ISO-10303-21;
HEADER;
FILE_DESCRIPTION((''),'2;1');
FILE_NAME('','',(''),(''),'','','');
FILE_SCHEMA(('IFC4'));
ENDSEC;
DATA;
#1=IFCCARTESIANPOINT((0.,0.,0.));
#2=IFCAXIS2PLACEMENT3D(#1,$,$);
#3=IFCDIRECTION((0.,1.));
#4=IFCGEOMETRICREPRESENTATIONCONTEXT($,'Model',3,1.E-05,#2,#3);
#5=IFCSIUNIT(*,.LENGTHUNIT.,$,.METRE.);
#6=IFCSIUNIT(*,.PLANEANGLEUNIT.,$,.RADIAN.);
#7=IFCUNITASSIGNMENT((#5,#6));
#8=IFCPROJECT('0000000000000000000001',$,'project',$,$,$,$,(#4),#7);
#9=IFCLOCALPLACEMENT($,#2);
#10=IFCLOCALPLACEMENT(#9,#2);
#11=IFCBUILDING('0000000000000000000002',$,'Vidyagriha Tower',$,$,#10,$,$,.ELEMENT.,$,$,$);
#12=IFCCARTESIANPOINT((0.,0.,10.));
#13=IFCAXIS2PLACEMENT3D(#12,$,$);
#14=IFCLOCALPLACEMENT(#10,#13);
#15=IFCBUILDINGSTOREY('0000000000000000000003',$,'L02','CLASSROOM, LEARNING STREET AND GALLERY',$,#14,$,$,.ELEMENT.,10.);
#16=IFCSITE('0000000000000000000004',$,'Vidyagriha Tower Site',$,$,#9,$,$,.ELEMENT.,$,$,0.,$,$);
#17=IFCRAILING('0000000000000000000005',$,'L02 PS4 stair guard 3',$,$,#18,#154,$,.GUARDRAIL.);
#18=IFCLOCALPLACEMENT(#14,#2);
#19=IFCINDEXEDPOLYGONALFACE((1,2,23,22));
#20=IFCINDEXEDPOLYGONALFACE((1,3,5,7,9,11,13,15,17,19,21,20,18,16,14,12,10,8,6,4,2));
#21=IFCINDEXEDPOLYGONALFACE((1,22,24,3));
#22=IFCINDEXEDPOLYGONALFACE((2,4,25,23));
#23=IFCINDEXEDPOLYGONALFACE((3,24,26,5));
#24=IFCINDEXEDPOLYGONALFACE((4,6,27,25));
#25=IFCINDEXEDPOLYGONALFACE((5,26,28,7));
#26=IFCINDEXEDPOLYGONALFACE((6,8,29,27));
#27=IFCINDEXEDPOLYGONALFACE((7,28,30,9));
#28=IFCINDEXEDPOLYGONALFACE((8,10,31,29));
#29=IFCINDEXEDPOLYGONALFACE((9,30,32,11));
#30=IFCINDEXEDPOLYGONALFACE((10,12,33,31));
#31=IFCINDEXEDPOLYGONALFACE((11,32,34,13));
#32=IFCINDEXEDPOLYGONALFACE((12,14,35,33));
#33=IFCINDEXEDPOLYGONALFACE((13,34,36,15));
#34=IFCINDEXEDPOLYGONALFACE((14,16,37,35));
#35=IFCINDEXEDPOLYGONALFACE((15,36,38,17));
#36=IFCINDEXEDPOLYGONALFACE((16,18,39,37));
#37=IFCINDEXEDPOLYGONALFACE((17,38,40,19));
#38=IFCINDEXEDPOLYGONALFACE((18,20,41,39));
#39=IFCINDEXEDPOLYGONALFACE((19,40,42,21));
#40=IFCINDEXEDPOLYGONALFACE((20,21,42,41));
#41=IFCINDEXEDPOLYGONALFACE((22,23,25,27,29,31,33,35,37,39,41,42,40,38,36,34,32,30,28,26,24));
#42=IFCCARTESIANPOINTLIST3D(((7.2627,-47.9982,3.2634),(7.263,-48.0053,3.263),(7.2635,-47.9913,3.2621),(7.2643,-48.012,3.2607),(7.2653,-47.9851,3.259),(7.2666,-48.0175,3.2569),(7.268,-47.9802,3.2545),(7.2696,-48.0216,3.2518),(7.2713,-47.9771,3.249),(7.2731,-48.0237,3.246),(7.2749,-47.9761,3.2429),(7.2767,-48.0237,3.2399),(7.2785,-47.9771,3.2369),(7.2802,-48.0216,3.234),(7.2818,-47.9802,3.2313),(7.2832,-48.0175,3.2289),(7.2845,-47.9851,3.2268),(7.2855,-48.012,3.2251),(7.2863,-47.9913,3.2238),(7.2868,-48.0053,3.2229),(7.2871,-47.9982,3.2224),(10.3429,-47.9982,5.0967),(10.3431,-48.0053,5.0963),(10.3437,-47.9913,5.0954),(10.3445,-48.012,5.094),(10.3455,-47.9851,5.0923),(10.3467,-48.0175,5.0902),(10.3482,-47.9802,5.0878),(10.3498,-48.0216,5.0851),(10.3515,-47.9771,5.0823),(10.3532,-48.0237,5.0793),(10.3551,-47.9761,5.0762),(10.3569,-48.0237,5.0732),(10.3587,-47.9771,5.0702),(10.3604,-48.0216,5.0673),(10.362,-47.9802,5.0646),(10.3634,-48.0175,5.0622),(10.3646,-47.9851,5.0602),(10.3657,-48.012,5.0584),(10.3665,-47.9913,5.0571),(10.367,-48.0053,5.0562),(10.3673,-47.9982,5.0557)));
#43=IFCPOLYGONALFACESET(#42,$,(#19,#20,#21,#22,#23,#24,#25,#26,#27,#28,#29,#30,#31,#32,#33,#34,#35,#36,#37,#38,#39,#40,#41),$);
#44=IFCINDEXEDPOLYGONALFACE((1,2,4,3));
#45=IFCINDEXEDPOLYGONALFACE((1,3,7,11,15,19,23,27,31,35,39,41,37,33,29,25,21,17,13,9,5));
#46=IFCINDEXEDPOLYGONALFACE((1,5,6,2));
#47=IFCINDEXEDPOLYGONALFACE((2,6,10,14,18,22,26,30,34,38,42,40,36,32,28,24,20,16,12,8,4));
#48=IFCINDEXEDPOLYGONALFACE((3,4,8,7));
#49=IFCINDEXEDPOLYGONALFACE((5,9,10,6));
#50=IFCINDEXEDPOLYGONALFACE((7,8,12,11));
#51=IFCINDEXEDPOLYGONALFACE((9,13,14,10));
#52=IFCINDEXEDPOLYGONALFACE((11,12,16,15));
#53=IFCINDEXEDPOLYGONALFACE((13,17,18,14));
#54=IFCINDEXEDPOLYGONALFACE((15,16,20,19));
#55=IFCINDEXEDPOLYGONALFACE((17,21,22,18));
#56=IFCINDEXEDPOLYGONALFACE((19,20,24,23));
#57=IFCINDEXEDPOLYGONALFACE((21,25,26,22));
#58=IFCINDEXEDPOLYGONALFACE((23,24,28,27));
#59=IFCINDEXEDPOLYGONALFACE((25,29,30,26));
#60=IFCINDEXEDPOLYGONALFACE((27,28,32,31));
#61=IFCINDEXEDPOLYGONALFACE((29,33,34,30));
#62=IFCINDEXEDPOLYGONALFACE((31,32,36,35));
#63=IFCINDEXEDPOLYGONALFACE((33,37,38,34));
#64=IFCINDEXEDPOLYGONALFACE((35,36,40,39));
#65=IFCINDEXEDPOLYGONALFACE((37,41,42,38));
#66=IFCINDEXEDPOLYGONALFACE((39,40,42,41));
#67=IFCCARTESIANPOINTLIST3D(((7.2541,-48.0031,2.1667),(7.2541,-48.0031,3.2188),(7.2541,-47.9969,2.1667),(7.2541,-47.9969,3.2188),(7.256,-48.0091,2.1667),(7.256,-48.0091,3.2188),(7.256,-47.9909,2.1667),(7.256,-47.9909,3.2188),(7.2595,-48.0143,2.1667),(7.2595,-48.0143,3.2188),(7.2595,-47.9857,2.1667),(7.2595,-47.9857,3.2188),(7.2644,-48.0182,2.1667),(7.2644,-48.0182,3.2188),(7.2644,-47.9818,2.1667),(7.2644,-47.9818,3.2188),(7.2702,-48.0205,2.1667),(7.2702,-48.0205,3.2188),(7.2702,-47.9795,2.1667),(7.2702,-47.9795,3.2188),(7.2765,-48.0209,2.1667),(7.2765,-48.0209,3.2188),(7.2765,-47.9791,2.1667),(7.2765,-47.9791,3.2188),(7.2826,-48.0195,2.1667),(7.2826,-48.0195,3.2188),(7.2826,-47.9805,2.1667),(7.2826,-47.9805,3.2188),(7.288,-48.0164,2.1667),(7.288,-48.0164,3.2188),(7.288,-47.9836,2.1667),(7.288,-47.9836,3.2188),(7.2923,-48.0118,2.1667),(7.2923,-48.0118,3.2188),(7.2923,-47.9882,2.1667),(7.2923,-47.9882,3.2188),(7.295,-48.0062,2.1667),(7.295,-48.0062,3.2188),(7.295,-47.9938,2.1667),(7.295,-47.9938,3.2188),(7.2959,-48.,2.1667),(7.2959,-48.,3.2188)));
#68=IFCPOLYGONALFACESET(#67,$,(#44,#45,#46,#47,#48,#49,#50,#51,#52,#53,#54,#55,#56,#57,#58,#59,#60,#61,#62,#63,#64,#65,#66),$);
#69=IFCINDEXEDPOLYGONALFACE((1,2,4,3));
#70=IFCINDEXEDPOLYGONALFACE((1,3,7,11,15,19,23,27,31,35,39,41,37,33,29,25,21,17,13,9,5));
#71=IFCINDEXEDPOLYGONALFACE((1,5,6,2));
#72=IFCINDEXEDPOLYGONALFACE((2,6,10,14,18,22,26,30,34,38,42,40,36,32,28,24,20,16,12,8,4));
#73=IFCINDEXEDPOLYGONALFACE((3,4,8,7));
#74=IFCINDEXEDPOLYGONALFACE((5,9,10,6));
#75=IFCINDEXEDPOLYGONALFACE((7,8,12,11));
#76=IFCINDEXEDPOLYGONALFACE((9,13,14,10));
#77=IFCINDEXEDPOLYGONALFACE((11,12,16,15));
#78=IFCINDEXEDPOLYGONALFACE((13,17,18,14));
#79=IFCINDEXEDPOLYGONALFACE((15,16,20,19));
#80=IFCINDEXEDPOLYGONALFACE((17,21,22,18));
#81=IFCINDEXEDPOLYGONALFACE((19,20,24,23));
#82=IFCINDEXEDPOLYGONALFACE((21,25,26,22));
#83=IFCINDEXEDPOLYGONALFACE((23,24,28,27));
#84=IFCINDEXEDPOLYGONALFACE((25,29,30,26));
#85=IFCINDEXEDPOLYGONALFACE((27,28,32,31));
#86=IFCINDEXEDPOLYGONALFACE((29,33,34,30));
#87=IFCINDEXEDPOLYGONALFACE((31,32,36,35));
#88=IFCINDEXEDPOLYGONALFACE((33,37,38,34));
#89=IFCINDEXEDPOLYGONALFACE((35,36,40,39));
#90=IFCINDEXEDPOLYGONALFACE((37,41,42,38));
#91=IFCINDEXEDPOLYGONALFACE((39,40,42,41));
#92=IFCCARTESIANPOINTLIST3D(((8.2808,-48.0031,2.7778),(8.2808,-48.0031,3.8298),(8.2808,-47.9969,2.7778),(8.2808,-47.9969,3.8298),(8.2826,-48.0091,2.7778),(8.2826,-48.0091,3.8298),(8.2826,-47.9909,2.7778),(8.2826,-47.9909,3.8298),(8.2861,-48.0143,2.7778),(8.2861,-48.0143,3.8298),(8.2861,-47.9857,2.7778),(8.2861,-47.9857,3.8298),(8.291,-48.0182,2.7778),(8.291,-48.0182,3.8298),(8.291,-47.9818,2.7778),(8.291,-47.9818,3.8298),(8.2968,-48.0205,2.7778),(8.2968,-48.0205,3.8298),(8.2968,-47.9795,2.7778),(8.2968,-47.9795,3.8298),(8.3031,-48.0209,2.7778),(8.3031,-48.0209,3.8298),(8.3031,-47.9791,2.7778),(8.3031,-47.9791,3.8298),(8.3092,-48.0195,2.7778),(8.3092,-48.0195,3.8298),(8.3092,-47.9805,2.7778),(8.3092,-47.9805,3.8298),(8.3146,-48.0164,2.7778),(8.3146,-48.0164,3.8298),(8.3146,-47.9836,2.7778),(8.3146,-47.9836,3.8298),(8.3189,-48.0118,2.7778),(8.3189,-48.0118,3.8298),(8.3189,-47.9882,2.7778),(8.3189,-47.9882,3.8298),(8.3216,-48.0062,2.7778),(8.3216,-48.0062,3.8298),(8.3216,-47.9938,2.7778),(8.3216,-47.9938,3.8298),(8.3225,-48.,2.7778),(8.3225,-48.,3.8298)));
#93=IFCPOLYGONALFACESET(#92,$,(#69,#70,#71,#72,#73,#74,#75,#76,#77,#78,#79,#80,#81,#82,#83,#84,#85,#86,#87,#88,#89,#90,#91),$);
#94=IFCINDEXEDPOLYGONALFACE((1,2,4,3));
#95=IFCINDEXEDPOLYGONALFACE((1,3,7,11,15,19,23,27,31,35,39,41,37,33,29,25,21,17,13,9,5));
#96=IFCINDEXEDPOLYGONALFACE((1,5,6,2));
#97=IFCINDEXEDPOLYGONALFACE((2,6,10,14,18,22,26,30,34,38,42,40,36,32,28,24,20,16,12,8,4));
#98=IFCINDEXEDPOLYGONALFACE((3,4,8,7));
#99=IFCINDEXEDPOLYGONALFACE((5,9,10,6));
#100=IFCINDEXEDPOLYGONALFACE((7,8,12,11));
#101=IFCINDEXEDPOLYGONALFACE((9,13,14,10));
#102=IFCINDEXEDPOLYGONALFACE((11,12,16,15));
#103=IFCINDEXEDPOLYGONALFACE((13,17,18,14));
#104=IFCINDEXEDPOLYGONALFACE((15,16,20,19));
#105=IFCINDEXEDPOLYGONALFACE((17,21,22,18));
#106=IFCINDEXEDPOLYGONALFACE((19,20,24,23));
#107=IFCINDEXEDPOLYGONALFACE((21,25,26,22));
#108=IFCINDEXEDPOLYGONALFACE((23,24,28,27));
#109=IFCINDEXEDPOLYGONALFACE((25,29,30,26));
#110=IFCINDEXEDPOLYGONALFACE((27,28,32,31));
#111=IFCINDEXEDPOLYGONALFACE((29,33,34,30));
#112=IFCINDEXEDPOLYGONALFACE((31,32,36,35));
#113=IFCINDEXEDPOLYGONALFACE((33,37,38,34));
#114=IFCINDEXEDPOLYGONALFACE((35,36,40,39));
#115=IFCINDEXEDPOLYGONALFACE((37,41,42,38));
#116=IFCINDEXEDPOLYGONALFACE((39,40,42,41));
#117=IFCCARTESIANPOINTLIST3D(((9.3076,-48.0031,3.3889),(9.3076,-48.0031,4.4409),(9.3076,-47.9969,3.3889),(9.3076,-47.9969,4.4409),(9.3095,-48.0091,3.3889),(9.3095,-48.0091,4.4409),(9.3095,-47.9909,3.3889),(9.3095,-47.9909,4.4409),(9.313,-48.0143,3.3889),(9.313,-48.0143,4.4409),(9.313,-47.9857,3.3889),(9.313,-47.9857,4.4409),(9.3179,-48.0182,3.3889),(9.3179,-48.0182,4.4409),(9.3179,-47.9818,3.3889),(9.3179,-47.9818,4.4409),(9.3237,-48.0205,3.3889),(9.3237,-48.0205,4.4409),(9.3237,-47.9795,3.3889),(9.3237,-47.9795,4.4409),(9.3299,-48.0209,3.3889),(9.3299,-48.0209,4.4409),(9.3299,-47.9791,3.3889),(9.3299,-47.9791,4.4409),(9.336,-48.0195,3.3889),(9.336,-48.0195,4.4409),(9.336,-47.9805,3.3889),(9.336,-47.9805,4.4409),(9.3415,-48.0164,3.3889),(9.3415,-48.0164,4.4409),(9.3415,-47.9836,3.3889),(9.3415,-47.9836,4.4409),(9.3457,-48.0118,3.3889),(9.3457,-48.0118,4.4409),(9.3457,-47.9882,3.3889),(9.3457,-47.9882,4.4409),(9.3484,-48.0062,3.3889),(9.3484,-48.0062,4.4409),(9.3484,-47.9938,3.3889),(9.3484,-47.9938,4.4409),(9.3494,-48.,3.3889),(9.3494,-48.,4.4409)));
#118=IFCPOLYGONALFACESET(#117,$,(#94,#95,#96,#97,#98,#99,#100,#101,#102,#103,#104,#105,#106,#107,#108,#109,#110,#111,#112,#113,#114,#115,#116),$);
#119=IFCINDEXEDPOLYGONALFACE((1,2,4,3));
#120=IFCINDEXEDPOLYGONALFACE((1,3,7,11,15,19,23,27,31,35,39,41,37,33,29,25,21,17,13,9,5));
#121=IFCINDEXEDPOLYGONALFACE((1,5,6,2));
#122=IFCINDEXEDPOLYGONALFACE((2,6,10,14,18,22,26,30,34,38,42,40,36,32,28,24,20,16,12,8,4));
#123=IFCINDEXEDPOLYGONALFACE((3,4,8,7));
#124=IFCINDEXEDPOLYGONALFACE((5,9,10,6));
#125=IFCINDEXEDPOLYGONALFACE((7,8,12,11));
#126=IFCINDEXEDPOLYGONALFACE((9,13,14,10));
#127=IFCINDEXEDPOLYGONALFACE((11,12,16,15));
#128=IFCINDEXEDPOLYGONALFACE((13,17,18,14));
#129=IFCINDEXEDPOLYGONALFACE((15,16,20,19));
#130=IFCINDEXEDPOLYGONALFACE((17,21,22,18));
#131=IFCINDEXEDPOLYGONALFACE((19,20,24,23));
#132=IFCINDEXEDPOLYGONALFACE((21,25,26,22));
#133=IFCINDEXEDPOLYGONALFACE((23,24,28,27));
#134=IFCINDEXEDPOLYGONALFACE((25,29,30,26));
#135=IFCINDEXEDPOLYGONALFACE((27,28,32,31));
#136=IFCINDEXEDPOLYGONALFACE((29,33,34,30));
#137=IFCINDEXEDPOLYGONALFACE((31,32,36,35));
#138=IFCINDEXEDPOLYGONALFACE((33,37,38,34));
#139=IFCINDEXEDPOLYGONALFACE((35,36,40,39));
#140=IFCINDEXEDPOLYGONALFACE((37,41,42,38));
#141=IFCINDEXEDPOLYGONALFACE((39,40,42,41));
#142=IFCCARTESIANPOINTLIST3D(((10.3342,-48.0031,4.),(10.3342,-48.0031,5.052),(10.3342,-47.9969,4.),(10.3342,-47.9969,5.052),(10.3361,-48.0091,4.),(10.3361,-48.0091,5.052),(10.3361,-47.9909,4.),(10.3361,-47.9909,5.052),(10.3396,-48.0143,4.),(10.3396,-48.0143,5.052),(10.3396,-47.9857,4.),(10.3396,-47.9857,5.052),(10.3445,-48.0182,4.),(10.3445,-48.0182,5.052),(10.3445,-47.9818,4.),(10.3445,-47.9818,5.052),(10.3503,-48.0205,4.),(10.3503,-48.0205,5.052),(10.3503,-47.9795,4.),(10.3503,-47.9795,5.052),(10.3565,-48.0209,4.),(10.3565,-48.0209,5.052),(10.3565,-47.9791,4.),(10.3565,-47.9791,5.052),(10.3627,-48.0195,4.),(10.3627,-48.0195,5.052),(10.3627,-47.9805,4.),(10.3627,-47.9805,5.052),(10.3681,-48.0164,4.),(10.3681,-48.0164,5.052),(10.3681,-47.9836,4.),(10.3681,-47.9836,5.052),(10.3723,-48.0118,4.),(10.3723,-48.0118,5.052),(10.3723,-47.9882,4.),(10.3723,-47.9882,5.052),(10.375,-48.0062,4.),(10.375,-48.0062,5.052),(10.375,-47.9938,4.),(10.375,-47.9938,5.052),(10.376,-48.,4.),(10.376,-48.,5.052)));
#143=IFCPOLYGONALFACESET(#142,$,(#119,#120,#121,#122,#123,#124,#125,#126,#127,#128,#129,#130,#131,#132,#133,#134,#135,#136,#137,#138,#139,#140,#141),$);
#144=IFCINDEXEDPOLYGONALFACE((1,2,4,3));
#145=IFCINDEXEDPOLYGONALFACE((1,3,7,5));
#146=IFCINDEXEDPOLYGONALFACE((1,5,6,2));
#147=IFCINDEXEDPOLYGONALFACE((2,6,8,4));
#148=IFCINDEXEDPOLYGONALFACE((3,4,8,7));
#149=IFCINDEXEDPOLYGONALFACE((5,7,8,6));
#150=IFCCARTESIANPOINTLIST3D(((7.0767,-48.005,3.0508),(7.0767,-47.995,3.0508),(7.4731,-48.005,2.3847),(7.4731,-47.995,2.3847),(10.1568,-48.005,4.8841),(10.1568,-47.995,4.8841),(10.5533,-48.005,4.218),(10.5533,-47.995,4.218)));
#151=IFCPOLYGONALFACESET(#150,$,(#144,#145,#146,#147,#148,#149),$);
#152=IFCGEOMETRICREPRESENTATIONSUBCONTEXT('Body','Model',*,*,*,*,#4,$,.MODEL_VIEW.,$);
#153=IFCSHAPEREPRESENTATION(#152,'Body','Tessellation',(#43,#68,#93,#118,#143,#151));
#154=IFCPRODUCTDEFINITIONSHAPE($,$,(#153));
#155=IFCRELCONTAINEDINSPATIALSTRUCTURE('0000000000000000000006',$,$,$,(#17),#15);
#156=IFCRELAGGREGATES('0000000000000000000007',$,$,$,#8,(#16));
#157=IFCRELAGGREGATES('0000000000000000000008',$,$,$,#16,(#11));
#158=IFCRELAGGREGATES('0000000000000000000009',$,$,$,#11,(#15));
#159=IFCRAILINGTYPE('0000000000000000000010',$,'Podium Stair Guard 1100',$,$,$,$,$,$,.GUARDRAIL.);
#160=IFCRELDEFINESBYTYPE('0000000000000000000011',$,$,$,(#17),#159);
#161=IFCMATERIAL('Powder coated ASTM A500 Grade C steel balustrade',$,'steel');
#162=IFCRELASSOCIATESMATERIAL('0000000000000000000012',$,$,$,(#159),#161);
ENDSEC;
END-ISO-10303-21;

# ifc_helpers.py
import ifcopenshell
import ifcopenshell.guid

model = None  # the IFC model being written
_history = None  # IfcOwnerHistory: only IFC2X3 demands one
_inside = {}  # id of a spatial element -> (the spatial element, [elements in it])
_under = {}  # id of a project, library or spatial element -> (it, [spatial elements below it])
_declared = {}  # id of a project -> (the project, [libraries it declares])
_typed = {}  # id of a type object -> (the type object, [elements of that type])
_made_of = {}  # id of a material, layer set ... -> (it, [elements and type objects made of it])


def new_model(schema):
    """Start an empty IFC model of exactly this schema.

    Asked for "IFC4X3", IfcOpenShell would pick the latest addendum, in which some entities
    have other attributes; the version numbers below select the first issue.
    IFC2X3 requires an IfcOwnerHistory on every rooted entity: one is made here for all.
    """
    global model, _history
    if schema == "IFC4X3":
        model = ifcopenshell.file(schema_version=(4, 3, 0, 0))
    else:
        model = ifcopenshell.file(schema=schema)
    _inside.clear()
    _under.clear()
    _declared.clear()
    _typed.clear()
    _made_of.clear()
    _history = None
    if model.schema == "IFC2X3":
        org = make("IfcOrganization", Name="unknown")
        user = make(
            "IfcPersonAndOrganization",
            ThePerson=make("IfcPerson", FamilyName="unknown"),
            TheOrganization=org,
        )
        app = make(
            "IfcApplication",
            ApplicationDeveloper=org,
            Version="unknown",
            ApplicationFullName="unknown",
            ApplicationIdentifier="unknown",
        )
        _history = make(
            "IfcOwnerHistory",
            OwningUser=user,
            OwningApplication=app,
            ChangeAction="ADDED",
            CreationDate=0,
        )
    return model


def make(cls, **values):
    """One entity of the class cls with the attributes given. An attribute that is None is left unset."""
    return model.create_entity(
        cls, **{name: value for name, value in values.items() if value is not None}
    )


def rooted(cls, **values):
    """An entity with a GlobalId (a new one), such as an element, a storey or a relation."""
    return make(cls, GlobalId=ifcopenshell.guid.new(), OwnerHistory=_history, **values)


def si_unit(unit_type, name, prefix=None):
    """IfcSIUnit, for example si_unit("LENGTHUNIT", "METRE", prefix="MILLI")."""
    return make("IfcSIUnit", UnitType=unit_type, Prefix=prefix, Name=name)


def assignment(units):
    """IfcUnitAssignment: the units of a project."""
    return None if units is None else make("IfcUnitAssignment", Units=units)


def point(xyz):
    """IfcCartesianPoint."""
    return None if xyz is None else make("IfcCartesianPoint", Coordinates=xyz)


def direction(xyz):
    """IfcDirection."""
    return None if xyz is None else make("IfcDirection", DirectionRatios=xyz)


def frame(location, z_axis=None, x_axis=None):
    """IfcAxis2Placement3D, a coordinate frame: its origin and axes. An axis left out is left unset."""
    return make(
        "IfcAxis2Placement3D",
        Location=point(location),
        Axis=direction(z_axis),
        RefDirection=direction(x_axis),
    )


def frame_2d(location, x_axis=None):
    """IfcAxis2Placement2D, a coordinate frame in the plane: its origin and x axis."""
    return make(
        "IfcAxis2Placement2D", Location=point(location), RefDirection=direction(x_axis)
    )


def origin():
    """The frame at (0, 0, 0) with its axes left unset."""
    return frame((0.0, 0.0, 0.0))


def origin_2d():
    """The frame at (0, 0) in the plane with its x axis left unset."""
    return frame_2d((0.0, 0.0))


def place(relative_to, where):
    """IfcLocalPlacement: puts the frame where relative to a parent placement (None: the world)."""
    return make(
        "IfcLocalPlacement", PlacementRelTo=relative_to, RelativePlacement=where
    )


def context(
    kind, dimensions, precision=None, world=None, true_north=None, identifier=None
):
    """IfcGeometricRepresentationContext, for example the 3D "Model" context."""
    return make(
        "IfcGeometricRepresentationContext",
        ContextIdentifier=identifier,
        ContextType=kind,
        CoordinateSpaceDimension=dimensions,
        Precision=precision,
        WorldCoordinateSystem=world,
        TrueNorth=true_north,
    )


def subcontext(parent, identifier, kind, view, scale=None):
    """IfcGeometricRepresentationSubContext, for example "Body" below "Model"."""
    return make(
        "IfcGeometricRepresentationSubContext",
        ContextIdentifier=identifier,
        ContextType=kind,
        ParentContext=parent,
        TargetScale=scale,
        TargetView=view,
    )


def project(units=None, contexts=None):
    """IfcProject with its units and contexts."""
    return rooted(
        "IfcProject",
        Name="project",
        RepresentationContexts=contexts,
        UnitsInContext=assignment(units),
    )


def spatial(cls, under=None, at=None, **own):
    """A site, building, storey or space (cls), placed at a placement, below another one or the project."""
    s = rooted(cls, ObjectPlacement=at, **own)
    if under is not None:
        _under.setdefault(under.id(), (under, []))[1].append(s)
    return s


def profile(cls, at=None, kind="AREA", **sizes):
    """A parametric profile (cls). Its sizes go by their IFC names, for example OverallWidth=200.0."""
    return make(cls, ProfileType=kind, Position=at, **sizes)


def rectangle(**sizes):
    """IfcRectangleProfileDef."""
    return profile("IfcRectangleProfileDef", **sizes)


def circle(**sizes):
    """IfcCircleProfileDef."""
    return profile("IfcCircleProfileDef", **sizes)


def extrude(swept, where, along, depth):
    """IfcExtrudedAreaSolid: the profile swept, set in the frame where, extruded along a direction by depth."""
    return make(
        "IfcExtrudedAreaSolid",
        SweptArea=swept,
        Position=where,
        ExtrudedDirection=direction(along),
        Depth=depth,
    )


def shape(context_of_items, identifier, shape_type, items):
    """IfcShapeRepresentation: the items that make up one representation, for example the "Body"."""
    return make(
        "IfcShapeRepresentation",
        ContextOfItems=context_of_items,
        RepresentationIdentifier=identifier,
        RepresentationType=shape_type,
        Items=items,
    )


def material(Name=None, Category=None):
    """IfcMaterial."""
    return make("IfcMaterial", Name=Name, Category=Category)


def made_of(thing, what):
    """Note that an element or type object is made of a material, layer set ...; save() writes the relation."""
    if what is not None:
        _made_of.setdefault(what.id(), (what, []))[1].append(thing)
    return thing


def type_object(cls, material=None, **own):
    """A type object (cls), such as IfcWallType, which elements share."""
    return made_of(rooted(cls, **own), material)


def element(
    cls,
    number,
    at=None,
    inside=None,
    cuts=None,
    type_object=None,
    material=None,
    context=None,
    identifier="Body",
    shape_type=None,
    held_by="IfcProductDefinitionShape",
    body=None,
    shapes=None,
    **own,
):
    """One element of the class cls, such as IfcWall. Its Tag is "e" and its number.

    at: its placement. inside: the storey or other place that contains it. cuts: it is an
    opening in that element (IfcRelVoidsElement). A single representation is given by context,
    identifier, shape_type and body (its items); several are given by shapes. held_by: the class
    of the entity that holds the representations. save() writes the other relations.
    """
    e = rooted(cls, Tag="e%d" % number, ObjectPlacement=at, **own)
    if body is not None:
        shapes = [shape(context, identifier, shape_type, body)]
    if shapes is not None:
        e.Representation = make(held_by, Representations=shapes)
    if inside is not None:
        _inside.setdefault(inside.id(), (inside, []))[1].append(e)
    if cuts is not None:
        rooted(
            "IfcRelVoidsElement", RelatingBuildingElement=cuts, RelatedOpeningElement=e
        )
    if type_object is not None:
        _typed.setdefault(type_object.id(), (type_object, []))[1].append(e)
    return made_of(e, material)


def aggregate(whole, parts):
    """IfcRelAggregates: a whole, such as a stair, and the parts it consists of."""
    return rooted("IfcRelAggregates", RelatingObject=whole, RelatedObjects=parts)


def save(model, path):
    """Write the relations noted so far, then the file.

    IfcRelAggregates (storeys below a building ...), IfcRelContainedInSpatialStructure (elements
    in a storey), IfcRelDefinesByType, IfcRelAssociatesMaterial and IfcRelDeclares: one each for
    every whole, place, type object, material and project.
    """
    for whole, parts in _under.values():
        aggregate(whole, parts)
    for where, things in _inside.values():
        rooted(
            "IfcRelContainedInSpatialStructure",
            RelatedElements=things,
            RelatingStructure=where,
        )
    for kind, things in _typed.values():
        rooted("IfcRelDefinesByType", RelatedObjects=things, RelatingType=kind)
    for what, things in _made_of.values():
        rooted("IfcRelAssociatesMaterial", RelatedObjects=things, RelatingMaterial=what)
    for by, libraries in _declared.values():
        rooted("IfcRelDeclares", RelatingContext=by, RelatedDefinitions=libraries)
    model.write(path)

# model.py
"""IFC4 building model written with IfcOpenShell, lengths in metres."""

from ifc_helpers import new_model, si_unit, direction, frame, origin, origin_2d, place, context, subcontext, project, spatial, rectangle, circle, extrude, material, type_object, element, save


model = new_model("IFC4")

# Units and contexts
model_context = context("Model", 3, precision=1e-05, world=origin(), true_north=direction((0.0, 1.0)))
body_context = subcontext(model_context, "Body", "Model", "MODEL_VIEW")
ifc_project = project(units=[si_unit("LENGTHUNIT", "METRE"), si_unit("PLANEANGLEUNIT", "RADIAN")], contexts=[model_context])

# Site, building, storey
site_placement = place(None, origin())
site = spatial("IfcSite", under=ifc_project, at=site_placement, Name="Vidyagriha Tower Site", CompositionType="ELEMENT", RefElevation=0.0)
building_placement = place(site_placement, origin())
building = spatial("IfcBuilding", under=site, at=building_placement, Name="Vidyagriha Tower", CompositionType="ELEMENT")
storey_placement = place(building_placement, frame((0.0, 0.0, 10.0)))
storey = spatial("IfcBuildingStorey", under=building, at=storey_placement, Name="L02", Description="CLASSROOM, LEARNING STREET AND GALLERY", CompositionType="ELEMENT", Elevation=10.0)

# Railing
ifc_material_1 = material(Name="Powder coated ASTM A500 Grade C steel balustrade", Category="steel")
railing_type_1 = type_object("IfcRailingType", Name="Podium Stair Guard 1100", PredefinedType="GUARDRAIL", material=ifc_material_1)
railing_1_placement = place(storey_placement, frame((7.2749, -48.0, 2.1667)))
element("IfcRailing", 1, at=railing_1_placement, inside=storey, type_object=railing_type_1, Name="L02 PS4 stair guard 3", PredefinedType="GUARDRAIL", context=body_context, shape_type="SweptSolid", body=[
    extrude(circle(Radius=0.0239, at=origin_2d()), frame((0.0, 0.0, 1.0762), z_axis=(0.859309, 0.0, 0.511458), x_axis=(0.0, 1.0, 0.0)), (0.0, 0.0, 1.0), 3.5845),
    extrude(circle(Radius=0.021, at=origin_2d()), origin(), (0.0, 0.0, 1.0), 1.052),
    extrude(circle(Radius=0.021, at=origin_2d()), frame((1.0266, 0.0, 0.6111)), (0.0, 0.0, 1.0), 1.052),
    extrude(circle(Radius=0.021, at=origin_2d()), frame((2.0535, 0.0, 1.2222)), (0.0, 0.0, 1.0), 1.052),
    extrude(circle(Radius=0.021, at=origin_2d()), frame((3.0801, 0.0, 1.8333)), (0.0, 0.0, 1.0), 1.052),
    extrude(rectangle(XDim=0.01, YDim=0.7751, at=origin_2d()), frame((0.0, 0.0, 0.551), z_axis=(0.859309, 0.0, 0.511458), x_axis=(0.0, 1.0, 0.0)), (0.0, 0.0, 1.0), 3.5845),
])

save(model, "model.ifc")
